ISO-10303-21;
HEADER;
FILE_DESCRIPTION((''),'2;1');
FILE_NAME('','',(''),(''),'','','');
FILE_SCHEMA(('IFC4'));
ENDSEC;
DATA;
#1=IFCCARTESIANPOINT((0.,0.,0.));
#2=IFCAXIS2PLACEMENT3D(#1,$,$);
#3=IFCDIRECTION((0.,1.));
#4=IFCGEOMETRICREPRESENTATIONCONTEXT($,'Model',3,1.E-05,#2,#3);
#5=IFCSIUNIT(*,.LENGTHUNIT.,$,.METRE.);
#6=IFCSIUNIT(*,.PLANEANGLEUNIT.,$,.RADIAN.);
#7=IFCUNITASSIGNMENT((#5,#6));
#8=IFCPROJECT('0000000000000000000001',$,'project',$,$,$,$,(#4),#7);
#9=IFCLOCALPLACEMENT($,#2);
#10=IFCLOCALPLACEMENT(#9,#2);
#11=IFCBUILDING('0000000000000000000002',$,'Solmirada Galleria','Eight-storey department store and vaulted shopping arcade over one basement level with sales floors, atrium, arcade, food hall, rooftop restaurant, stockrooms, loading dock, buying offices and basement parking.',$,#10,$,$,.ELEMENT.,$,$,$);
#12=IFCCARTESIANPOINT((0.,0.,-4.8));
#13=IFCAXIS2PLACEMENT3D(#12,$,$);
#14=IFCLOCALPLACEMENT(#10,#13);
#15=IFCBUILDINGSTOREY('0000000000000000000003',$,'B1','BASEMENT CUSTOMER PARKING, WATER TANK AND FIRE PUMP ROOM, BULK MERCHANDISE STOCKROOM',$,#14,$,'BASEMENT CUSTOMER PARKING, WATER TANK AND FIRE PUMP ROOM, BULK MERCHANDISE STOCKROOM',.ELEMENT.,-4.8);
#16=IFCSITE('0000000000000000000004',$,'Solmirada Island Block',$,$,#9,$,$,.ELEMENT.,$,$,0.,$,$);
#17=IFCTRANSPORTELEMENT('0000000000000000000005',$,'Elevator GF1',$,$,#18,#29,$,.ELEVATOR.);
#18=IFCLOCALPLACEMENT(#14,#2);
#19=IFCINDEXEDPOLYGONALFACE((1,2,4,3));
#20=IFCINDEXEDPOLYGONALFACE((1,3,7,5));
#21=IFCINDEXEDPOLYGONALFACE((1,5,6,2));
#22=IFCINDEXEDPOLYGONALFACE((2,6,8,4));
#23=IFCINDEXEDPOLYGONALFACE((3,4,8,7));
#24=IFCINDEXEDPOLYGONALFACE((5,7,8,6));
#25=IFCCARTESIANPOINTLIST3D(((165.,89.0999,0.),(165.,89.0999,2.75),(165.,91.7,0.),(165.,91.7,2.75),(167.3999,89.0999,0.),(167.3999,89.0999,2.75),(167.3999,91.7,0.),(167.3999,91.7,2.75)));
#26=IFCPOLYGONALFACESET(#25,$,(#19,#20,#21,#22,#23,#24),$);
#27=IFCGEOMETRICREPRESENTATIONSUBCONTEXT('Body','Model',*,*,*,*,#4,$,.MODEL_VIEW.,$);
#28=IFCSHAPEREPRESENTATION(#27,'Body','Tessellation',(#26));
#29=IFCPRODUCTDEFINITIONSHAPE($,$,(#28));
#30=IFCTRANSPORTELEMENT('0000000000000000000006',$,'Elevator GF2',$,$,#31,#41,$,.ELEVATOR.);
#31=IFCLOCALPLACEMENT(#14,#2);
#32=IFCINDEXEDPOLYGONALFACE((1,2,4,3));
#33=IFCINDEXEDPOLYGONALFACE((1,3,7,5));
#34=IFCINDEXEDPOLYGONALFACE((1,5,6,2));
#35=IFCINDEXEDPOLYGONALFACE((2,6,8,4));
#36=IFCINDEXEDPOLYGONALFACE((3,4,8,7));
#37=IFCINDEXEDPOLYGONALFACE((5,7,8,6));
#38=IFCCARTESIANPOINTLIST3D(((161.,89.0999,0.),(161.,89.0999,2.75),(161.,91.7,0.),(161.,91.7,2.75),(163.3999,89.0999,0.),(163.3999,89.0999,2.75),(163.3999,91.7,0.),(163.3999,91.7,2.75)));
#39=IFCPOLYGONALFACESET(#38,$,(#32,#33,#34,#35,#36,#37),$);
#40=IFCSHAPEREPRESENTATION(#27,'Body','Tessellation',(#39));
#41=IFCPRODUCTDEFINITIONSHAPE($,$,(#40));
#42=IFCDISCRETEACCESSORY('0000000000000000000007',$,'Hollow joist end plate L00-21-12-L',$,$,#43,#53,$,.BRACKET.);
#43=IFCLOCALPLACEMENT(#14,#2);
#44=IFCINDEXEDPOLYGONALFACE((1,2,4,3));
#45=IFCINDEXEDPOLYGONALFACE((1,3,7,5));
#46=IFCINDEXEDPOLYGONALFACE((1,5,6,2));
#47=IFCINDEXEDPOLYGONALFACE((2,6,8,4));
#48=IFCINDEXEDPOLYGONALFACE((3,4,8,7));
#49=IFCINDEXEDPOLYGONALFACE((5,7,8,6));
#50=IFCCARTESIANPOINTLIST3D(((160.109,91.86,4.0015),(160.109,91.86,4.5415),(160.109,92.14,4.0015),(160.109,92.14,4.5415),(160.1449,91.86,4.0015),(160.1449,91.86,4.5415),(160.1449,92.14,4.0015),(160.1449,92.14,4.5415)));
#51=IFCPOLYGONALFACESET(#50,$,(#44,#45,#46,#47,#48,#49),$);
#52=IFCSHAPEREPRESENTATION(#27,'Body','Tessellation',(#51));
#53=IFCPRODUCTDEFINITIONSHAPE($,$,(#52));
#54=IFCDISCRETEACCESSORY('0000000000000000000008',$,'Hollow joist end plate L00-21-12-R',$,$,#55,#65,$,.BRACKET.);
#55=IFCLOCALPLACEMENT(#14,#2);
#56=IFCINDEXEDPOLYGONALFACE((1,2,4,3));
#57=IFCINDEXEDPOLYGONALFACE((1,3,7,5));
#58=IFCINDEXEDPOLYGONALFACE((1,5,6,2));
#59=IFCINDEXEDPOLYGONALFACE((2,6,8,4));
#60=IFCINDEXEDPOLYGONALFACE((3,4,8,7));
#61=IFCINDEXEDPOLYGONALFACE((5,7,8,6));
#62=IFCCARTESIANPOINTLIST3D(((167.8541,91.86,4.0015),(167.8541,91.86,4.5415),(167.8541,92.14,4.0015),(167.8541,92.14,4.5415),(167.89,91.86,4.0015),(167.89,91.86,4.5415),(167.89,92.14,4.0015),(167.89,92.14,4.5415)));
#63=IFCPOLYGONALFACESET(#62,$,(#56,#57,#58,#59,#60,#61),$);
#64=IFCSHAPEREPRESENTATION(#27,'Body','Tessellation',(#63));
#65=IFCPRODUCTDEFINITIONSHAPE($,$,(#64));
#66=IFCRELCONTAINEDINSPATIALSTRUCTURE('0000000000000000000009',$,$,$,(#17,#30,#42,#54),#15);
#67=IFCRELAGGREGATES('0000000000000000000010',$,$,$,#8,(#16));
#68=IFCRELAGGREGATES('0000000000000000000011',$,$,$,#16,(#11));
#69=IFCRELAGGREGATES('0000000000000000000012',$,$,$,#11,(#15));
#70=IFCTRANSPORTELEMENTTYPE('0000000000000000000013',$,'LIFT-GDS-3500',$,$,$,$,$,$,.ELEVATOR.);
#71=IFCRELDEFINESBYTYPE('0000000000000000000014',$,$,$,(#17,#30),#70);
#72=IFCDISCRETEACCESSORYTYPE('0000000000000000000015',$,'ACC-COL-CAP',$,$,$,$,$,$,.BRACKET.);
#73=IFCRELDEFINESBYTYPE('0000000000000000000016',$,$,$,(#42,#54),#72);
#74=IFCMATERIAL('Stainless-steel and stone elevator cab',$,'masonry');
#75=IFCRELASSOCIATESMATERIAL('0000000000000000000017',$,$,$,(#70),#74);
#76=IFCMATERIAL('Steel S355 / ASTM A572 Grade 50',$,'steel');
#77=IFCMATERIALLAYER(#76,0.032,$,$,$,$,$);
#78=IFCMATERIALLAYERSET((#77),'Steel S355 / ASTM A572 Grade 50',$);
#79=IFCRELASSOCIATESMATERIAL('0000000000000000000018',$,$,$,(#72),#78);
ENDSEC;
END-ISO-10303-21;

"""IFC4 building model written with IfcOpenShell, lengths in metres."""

from ifc_helpers import new_model, si_unit, direction, frame, origin, origin_2d, place, context, subcontext, project, spatial, rectangle, extrude, material, layer, layer_set, type_object, element, save


model = new_model("IFC4")

# Units and contexts
model_context = context("Model", 3, precision=1e-05, world=origin(), true_north=direction((0.0, 1.0)))
body_context = subcontext(model_context, "Body", "Model", "MODEL_VIEW")
ifc_project = project(units=[si_unit("LENGTHUNIT", "METRE"), si_unit("PLANEANGLEUNIT", "RADIAN")], contexts=[model_context])

# Site, building, storey
site_placement = place(None, origin())
site = spatial("IfcSite", under=ifc_project, at=site_placement, Name="Solmirada Island Block", CompositionType="ELEMENT", RefElevation=0.0)
building_placement = place(site_placement, origin())
building = spatial("IfcBuilding", under=site, at=building_placement, Name="Solmirada Galleria", Description="Eight-storey department store and vaulted shopping arcade over one basement level with sales floors, atrium, arcade, food hall, rooftop restaurant, stockrooms, loading dock, buying offices and basement parking.", CompositionType="ELEMENT")
storey_placement = place(building_placement, frame((0.0, 0.0, -4.8)))
storey = spatial("IfcBuildingStorey", under=building, at=storey_placement, Name="B1", Description="BASEMENT CUSTOMER PARKING, WATER TANK AND FIRE PUMP ROOM, BULK MERCHANDISE STOCKROOM", LongName="BASEMENT CUSTOMER PARKING, WATER TANK AND FIRE PUMP ROOM, BULK MERCHANDISE STOCKROOM", CompositionType="ELEMENT", Elevation=-4.8)

# Transport elements
ifc_material_1 = material(Name="Stainless-steel and stone elevator cab", Category="masonry")
transport_element_type = type_object("IfcTransportElementType", Name="LIFT-GDS-3500", PredefinedType="ELEVATOR", material=ifc_material_1)
for number, where, z_axis, x_axis, name in (
    (1, (166.2, 90.3999, 0.0), (0.0, 0.0, 1.0), (1.0, 0.0, 0.0), "Elevator GF1"),
    (2, (162.2, 90.3999, 0.0), (0.0, 0.0, 1.0), (1.0, 0.0, 0.0), "Elevator GF2"),
):
    element("IfcTransportElement", number, at=place(storey_placement, frame(where, z_axis=z_axis, x_axis=x_axis)), inside=storey, type_object=transport_element_type, Name=name, PredefinedType="ELEVATOR", context=body_context, shape_type="SweptSolid", body=[
        extrude(rectangle(XDim=2.3999, YDim=2.6001, at=origin_2d()), origin(), (0.0, 0.0, 1.0), 2.75),
    ])

# Discrete accessories
ifc_material_2 = material(Name="Steel S355 / ASTM A572 Grade 50", Category="steel")
ifc_layer_1 = layer(ifc_material_2, 0.032)
ifc_layer_set_1 = layer_set([ifc_layer_1], Name="Steel S355 / ASTM A572 Grade 50")
discrete_accessory_type = type_object("IfcDiscreteAccessoryType", Name="ACC-COL-CAP", PredefinedType="BRACKET", material=ifc_layer_set_1)
for number, where, z_axis, x_axis, name in (
    (3, (160.127, 92.0, 4.0015), (0.0, 0.0, 1.0), (1.0, 0.0, 0.0), "Hollow joist end plate L00-21-12-L"),
    (4, (167.8721, 92.0, 4.0015), (0.0, 0.0, 1.0), (1.0, 0.0, 0.0), "Hollow joist end plate L00-21-12-R"),
):
    element("IfcDiscreteAccessory", number, at=place(storey_placement, frame(where, z_axis=z_axis, x_axis=x_axis)), inside=storey, type_object=discrete_accessory_type, Name=name, PredefinedType="BRACKET", context=body_context, shape_type="SweptSolid", body=[
        extrude(rectangle(XDim=0.0359, YDim=0.28, at=origin_2d()), origin(), (0.0, 0.0, 1.0), 0.54),
    ])

save(model, "model.ifc")
